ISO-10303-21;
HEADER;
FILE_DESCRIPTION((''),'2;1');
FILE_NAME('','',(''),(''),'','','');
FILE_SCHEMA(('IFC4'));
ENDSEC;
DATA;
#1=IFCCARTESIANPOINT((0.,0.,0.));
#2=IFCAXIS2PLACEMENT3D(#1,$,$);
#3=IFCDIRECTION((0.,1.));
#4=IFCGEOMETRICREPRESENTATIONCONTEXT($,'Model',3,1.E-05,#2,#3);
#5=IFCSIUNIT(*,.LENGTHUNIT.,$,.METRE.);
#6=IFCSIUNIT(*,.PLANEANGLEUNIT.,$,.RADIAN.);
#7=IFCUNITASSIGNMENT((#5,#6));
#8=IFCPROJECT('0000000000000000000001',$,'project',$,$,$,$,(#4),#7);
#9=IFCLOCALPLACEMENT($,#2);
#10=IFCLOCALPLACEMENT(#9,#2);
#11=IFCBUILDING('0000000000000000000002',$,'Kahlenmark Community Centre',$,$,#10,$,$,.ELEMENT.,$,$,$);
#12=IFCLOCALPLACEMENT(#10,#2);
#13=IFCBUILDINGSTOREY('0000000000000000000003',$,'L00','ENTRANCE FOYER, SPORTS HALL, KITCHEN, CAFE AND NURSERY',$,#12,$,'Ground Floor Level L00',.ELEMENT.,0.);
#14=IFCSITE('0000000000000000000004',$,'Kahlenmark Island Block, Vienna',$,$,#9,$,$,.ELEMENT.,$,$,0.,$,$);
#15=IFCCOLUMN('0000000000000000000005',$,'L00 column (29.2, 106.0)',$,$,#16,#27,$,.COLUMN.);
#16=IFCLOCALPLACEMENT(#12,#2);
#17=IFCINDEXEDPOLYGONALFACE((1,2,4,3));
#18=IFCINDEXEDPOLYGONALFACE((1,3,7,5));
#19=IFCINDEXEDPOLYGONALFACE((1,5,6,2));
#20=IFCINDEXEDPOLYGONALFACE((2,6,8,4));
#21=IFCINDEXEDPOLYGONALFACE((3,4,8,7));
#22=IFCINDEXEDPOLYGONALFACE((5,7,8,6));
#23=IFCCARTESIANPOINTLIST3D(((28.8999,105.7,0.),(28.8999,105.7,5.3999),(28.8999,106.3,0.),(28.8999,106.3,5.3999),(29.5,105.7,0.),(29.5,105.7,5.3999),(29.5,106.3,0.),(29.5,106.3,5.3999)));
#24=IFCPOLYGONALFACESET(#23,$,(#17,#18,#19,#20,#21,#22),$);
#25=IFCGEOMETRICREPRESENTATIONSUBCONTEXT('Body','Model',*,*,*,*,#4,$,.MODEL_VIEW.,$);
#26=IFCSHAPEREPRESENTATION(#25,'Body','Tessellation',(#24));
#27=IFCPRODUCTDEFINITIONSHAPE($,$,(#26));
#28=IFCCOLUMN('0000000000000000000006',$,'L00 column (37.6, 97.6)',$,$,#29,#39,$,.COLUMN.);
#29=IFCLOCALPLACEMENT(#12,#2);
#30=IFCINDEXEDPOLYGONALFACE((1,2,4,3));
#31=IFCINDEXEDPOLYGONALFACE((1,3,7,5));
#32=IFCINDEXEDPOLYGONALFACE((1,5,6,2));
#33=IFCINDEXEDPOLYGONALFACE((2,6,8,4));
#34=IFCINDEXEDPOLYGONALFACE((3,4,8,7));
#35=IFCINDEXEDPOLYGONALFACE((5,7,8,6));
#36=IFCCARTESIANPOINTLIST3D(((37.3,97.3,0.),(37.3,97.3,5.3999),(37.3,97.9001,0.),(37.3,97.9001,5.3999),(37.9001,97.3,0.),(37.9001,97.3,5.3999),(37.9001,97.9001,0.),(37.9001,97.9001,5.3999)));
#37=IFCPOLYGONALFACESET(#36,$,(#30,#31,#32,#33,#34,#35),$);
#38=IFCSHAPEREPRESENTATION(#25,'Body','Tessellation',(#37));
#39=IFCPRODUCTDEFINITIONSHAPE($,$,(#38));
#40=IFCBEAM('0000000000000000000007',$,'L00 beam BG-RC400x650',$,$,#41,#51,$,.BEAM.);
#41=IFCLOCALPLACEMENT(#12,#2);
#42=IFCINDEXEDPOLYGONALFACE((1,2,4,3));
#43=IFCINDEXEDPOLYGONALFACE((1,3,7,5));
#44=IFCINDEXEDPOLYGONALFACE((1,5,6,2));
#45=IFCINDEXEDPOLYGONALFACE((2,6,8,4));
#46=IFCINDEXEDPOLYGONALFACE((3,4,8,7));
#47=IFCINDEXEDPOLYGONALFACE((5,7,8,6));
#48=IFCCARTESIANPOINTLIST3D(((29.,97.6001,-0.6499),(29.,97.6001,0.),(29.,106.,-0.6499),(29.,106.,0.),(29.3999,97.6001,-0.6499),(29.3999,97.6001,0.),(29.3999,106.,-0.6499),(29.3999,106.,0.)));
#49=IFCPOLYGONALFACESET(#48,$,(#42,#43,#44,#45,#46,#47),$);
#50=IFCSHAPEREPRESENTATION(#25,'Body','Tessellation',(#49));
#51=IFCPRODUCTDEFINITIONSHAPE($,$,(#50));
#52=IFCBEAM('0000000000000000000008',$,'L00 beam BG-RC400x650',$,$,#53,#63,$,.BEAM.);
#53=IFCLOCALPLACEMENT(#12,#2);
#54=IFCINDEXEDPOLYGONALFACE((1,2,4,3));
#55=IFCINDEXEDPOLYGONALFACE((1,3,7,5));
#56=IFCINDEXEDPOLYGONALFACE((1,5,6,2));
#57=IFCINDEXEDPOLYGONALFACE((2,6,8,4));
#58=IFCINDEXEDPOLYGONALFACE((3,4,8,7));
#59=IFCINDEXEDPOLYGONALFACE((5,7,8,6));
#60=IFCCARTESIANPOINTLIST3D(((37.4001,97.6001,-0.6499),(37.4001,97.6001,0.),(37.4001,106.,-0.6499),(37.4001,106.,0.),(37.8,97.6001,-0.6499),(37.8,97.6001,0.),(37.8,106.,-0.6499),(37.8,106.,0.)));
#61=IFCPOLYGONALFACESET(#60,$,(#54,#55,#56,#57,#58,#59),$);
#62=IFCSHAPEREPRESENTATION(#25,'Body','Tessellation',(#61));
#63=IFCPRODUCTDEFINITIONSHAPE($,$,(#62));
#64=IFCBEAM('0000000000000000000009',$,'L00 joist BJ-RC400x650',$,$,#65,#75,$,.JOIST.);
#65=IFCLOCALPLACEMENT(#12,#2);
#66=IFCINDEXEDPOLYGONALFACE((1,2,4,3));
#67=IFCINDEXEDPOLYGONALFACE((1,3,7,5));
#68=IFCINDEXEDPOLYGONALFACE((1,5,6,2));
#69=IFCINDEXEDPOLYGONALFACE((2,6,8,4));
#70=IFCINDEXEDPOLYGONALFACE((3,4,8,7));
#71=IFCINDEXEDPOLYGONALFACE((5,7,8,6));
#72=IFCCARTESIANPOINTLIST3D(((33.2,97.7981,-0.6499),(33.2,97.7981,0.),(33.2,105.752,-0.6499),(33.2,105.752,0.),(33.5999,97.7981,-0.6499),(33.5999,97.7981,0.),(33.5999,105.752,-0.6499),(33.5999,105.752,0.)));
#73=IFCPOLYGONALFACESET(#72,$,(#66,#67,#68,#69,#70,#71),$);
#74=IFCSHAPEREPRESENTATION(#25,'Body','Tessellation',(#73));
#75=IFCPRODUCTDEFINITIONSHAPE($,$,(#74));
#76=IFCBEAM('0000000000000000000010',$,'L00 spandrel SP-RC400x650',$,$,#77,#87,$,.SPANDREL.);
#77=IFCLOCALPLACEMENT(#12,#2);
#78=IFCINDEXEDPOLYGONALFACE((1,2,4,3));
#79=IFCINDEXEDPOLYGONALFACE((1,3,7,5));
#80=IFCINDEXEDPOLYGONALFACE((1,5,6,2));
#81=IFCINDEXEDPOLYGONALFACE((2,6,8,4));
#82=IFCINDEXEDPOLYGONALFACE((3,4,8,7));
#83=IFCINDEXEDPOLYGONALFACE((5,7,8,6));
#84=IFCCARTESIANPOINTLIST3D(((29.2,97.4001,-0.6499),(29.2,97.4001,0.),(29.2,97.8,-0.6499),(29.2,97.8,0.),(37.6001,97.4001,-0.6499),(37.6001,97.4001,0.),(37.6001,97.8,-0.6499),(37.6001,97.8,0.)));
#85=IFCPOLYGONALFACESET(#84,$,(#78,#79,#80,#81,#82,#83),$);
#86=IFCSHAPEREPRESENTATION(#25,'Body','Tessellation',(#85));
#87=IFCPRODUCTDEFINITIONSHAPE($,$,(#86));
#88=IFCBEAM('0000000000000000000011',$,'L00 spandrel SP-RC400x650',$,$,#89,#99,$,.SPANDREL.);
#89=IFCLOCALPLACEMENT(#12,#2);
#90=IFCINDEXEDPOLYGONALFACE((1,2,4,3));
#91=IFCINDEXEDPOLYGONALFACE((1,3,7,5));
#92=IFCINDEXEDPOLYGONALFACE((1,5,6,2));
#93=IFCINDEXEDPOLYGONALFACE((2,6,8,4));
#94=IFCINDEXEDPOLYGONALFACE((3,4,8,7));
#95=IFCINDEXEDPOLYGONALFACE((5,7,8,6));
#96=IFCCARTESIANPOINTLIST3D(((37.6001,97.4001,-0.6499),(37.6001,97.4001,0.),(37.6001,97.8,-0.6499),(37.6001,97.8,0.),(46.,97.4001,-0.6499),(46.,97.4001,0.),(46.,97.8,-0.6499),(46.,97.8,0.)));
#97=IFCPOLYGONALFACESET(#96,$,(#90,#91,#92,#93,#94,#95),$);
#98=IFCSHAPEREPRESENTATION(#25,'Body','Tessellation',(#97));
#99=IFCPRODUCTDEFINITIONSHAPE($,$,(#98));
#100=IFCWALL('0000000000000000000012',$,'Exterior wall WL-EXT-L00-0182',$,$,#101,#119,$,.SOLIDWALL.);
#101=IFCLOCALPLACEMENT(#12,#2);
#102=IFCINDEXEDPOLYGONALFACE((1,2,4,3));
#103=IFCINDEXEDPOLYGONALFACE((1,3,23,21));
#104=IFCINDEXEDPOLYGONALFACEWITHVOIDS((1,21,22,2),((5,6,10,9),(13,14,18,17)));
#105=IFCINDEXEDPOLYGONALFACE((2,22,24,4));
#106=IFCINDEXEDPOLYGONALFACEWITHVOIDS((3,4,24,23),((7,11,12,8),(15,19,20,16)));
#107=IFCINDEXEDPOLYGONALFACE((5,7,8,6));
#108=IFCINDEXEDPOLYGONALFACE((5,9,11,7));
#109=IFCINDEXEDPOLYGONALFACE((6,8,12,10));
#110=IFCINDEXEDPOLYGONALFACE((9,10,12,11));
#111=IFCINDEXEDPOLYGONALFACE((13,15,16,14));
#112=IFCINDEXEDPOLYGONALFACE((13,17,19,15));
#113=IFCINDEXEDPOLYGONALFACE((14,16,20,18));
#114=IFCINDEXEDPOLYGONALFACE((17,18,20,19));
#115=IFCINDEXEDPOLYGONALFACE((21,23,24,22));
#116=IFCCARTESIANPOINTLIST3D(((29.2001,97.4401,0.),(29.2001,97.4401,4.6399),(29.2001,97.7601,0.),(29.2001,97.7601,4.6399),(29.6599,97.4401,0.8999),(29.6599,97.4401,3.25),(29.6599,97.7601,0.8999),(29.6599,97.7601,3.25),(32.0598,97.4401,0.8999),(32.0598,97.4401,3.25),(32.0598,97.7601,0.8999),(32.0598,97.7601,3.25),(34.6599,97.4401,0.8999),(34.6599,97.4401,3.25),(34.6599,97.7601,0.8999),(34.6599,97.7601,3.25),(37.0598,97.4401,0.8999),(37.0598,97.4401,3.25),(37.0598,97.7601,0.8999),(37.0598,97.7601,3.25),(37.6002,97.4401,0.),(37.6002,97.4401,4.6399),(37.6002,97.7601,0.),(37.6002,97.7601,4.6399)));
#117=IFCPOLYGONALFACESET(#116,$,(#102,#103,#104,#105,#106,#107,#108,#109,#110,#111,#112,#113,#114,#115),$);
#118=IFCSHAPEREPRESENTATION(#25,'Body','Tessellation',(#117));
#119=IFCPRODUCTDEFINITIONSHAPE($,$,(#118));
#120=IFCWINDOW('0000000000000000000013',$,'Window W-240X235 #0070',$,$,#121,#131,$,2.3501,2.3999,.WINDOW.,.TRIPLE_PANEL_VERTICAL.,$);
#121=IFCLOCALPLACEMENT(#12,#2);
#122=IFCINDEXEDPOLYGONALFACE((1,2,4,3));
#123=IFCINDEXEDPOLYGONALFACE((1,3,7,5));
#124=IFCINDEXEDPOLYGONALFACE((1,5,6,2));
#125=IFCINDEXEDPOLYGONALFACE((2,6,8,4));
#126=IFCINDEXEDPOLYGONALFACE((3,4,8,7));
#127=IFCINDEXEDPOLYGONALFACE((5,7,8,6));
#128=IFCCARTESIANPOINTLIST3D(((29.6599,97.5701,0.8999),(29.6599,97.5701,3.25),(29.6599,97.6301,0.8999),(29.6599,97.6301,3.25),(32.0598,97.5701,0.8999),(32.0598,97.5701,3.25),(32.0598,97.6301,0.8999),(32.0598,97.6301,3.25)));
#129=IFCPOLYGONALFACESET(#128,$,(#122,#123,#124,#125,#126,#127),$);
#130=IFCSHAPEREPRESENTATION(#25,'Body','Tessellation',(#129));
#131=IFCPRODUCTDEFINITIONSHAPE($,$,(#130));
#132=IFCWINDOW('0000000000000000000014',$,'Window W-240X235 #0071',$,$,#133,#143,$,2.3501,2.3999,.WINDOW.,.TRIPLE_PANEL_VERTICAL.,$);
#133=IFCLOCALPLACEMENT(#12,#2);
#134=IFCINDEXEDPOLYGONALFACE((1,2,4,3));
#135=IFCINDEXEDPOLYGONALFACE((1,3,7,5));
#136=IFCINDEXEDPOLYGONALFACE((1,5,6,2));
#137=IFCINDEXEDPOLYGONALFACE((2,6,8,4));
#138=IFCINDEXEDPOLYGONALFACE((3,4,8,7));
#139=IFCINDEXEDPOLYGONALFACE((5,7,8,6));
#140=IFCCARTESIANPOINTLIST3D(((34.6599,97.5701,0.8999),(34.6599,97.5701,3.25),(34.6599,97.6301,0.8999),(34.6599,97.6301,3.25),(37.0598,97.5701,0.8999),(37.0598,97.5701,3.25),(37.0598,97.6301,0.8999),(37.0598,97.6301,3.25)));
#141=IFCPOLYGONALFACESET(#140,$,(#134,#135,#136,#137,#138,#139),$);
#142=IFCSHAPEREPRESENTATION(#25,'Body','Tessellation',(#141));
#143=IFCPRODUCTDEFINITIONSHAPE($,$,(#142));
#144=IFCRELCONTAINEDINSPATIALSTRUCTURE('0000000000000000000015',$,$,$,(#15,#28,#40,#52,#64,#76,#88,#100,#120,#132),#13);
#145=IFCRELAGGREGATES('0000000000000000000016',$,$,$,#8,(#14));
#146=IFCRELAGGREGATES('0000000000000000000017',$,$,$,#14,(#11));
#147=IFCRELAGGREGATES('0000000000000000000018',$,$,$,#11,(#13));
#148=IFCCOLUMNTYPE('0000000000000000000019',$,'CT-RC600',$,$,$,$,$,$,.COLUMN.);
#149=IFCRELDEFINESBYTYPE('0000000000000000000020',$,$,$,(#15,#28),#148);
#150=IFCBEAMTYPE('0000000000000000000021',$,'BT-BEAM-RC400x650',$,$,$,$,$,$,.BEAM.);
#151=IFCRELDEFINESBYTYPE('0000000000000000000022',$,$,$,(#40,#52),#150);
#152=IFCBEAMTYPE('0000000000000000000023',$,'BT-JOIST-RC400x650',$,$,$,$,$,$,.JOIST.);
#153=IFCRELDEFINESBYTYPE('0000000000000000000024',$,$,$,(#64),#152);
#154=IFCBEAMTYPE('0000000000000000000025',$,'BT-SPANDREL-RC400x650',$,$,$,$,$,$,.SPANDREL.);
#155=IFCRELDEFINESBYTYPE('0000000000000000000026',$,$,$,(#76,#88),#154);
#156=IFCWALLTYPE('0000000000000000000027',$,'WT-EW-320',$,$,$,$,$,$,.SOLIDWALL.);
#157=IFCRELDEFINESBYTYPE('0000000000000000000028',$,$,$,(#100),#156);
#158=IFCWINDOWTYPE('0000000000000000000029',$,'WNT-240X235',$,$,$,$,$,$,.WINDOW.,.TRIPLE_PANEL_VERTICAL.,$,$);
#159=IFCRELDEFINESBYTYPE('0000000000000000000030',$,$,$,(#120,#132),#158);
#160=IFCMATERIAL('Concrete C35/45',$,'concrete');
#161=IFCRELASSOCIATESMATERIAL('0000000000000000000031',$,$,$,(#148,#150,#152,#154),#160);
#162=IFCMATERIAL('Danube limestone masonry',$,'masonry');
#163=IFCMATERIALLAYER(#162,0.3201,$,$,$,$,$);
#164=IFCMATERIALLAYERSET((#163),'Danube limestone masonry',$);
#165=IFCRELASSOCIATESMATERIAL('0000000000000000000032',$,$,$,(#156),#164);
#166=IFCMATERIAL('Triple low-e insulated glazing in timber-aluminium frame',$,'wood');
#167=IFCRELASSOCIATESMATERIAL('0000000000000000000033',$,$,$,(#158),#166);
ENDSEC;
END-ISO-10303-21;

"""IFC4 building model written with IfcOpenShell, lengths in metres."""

from ifc_helpers import new_model, si_unit, direction, frame, frame_2d, origin, origin_2d, place, context, subcontext, project, spatial, rectangle, extrude, material, layer, layer_set, material_profile, profile_set, type_object, element, fill, save


model = new_model("IFC4")

# Units and contexts
model_context = context("Model", 3, precision=1e-05, world=origin(), true_north=direction((0.0, 1.0)))
body_context = subcontext(model_context, "Body", "Model", "MODEL_VIEW")
ifc_project = project(units=[si_unit("LENGTHUNIT", "METRE"), si_unit("PLANEANGLEUNIT", "RADIAN")], contexts=[model_context])

# Site, building, storey
site_placement = place(None, origin())
site = spatial("IfcSite", under=ifc_project, at=site_placement, Name="Kahlenmark Island Block, Vienna", CompositionType="ELEMENT", RefElevation=0.0)
building_placement = place(site_placement, origin())
building = spatial("IfcBuilding", under=site, at=building_placement, Name="Kahlenmark Community Centre", CompositionType="ELEMENT")
storey_placement = place(building_placement, origin())
storey = spatial("IfcBuildingStorey", under=building, at=storey_placement, Name="L00", Description="ENTRANCE FOYER, SPORTS HALL, KITCHEN, CAFE AND NURSERY", LongName="Ground Floor Level L00", CompositionType="ELEMENT", Elevation=0.0)

# Columns
ifc_material_1 = material(Name="Concrete C35/45", Category="concrete")
ifc_material_profile_1 = material_profile(ifc_material_1, rectangle(XDim=0.6001, YDim=0.6001, at=origin_2d()), Name="RC 600x600")
ifc_profile_set_1 = profile_set([ifc_material_profile_1], Name="Concrete C35/45")
column_type = type_object("IfcColumnType", Name="CT-RC600", PredefinedType="COLUMN", material=ifc_profile_set_1)
for number, where, z_axis, x_axis, name in (
    (1, (29.2, 106.0, 0.0), (0.0, 0.0, 1.0), (1.0, 0.0, 0.0), "L00 column (29.2, 106.0)"),
    (2, (37.6001, 97.6001, 0.0), (0.0, 0.0, 1.0), (1.0, 0.0, 0.0), "L00 column (37.6, 97.6)"),
):
    element("IfcColumn", number, at=place(storey_placement, frame(where, z_axis=z_axis, x_axis=x_axis)), inside=storey, type_object=column_type, Name=name, PredefinedType="COLUMN", context=body_context, shape_type="SweptSolid", body=[
        extrude(rectangle(XDim=0.6001, YDim=0.6001, at=origin_2d()), origin(), (0.0, 0.0, 1.0), 5.3999),
    ])

# Beams
ifc_material_profile_2 = material_profile(ifc_material_1, rectangle(XDim=0.3999, YDim=0.6499, at=origin_2d()), Name="RC 400x650")
ifc_profile_set_2 = profile_set([ifc_material_profile_2], Name="Concrete C35/45")
beam_type_1 = type_object("IfcBeamType", Name="BT-BEAM-RC400x650", PredefinedType="BEAM", material=ifc_profile_set_2)
for number, where, z_axis, x_axis, name in (
    (3, (29.2, 97.6001, -0.325), (0.0, 1.0, 0.0), (-1.0, 0.0, 0.0), "L00 beam BG-RC400x650"),
    (4, (37.6001, 97.6001, -0.325), (0.0, 1.0, 0.0), (-1.0, 0.0, 0.0), "L00 beam BG-RC400x650"),
):
    element("IfcBeam", number, at=place(storey_placement, frame(where, z_axis=z_axis, x_axis=x_axis)), inside=storey, type_object=beam_type_1, Name=name, PredefinedType="BEAM", context=body_context, shape_type="SweptSolid", body=[
        extrude(rectangle(XDim=0.3999, YDim=0.6499, at=origin_2d()), origin(), (0.0, 0.0, 1.0), 8.3999),
    ])
ifc_material_profile_3 = material_profile(ifc_material_1, rectangle(XDim=0.3999, YDim=0.6499, at=origin_2d()), Name="RC 400x650")
ifc_profile_set_3 = profile_set([ifc_material_profile_3], Name="Concrete C35/45")
beam_type_2 = type_object("IfcBeamType", Name="BT-JOIST-RC400x650", PredefinedType="JOIST", material=ifc_profile_set_3)
beam_1_placement = place(storey_placement, frame((33.3999, 97.7981, -0.325), z_axis=(0.0, 1.0, 0.0), x_axis=(-1.0, 0.0, 0.0)))
element("IfcBeam", 5, at=beam_1_placement, inside=storey, type_object=beam_type_2, Name="L00 joist BJ-RC400x650", PredefinedType="JOIST", context=body_context, shape_type="SweptSolid", body=[
    extrude(rectangle(XDim=0.3999, YDim=0.6499, at=origin_2d()), origin(), (0.0, 0.0, 1.0), 7.9539),
])
ifc_material_profile_4 = material_profile(ifc_material_1, rectangle(XDim=0.3999, YDim=0.6499, at=origin_2d()), Name="RC 400x650")
ifc_profile_set_4 = profile_set([ifc_material_profile_4], Name="Concrete C35/45")
beam_type_3 = type_object("IfcBeamType", Name="BT-SPANDREL-RC400x650", PredefinedType="SPANDREL", material=ifc_profile_set_4)
beam_2_placement = place(storey_placement, frame((29.2, 97.6001, -0.325), z_axis=(1.0, 0.0, 0.0), x_axis=(0.0, 1.0, 0.0)))
element("IfcBeam", 6, at=beam_2_placement, inside=storey, type_object=beam_type_3, Name="L00 spandrel SP-RC400x650", PredefinedType="SPANDREL", context=body_context, shape_type="SweptSolid", body=[
    extrude(rectangle(XDim=0.3999, YDim=0.6499, at=origin_2d()), origin(), (0.0, 0.0, 1.0), 8.4001),
])
beam_3_placement = place(storey_placement, frame((37.6001, 97.6001, -0.325), z_axis=(1.0, 0.0, 0.0), x_axis=(0.0, 1.0, 0.0)))
element("IfcBeam", 7, at=beam_3_placement, inside=storey, type_object=beam_type_3, Name="L00 spandrel SP-RC400x650", PredefinedType="SPANDREL", context=body_context, shape_type="SweptSolid", body=[
    extrude(rectangle(XDim=0.3999, YDim=0.6499, at=origin_2d()), origin(), (0.0, 0.0, 1.0), 8.3999),
])

# Wall, openings, windows
ifc_material_2 = material(Name="Danube limestone masonry", Category="masonry")
ifc_layer_1 = layer(ifc_material_2, 0.3201)
ifc_layer_set_1 = layer_set([ifc_layer_1], Name="Danube limestone masonry")
wall_type_1 = type_object("IfcWallType", Name="WT-EW-320", PredefinedType="SOLIDWALL", material=ifc_layer_set_1)
wall_1_placement = place(storey_placement, frame((29.2, 97.6001, 0.0), z_axis=(0.0, 0.0, 1.0), x_axis=(1.0, 0.0, 0.0)))
wall_1 = element("IfcWall", 8, at=wall_1_placement, inside=storey, type_object=wall_type_1, Name="Exterior wall WL-EXT-L00-0182", PredefinedType="SOLIDWALL", context=body_context, shape_type="SweptSolid", body=[
    extrude(rectangle(XDim=8.4001, YDim=0.3201, at=frame_2d((4.2002, 0.0))), origin(), (0.0, 0.0, 1.0), 4.6399),
])
opening_1_placement = place(wall_1_placement, frame((0.46, 0.0, 0.8999)))
opening_1 = element("IfcOpeningElement", 9, at=opening_1_placement, cuts=wall_1, PredefinedType="OPENING", context=body_context, shape_type="SweptSolid", body=[
    extrude(rectangle(XDim=2.3999, YDim=2.3501, at=frame_2d((1.2, 1.175))), frame((0.0, 0.1699, 0.0), z_axis=(0.0, -1.0, 0.0), x_axis=(1.0, 0.0, 0.0)), (0.0, 0.0, 1.0), 0.3401),
])
opening_2_placement = place(wall_1_placement, frame((5.46, 0.0, 0.8999)))
opening_2 = element("IfcOpeningElement", 10, at=opening_2_placement, cuts=wall_1, PredefinedType="OPENING", context=body_context, shape_type="SweptSolid", body=[
    extrude(rectangle(XDim=2.3999, YDim=2.3501, at=frame_2d((1.2, 1.175))), frame((0.0, 0.1699, 0.0), z_axis=(0.0, -1.0, 0.0), x_axis=(1.0, 0.0, 0.0)), (0.0, 0.0, 1.0), 0.3401),
])
ifc_material_3 = material(Name="Triple low-e insulated glazing in timber-aluminium frame", Category="wood")
window_type = type_object("IfcWindowType", Name="WNT-240X235", PartitioningType="TRIPLE_PANEL_VERTICAL", PredefinedType="WINDOW", material=ifc_material_3)
window_1_placement = place(opening_1_placement, origin())
window_1 = element("IfcWindow", 11, at=window_1_placement, inside=storey, type_object=window_type, Name="Window W-240X235 #0070", OverallHeight=2.3501, OverallWidth=2.3999, PartitioningType="TRIPLE_PANEL_VERTICAL", PredefinedType="WINDOW", context=body_context, shape_type="SweptSolid", body=[
    extrude(rectangle(XDim=2.3999, YDim=2.3501, at=frame_2d((1.2, 1.175))), frame((0.0, 0.03, 0.0), z_axis=(0.0, -1.0, 0.0), x_axis=(1.0, 0.0, 0.0)), (0.0, 0.0, 1.0), 0.0601),
])
fill(opening_1, window_1)
window_2_placement = place(opening_2_placement, origin())
window_2 = element("IfcWindow", 12, at=window_2_placement, inside=storey, type_object=window_type, Name="Window W-240X235 #0071", OverallHeight=2.3501, OverallWidth=2.3999, PartitioningType="TRIPLE_PANEL_VERTICAL", PredefinedType="WINDOW", context=body_context, shape_type="SweptSolid", body=[
    extrude(rectangle(XDim=2.3999, YDim=2.3501, at=frame_2d((1.2, 1.175))), frame((0.0, 0.03, 0.0), z_axis=(0.0, -1.0, 0.0), x_axis=(1.0, 0.0, 0.0)), (0.0, 0.0, 1.0), 0.0601),
])
fill(opening_2, window_2)

save(model, "model.ifc")
